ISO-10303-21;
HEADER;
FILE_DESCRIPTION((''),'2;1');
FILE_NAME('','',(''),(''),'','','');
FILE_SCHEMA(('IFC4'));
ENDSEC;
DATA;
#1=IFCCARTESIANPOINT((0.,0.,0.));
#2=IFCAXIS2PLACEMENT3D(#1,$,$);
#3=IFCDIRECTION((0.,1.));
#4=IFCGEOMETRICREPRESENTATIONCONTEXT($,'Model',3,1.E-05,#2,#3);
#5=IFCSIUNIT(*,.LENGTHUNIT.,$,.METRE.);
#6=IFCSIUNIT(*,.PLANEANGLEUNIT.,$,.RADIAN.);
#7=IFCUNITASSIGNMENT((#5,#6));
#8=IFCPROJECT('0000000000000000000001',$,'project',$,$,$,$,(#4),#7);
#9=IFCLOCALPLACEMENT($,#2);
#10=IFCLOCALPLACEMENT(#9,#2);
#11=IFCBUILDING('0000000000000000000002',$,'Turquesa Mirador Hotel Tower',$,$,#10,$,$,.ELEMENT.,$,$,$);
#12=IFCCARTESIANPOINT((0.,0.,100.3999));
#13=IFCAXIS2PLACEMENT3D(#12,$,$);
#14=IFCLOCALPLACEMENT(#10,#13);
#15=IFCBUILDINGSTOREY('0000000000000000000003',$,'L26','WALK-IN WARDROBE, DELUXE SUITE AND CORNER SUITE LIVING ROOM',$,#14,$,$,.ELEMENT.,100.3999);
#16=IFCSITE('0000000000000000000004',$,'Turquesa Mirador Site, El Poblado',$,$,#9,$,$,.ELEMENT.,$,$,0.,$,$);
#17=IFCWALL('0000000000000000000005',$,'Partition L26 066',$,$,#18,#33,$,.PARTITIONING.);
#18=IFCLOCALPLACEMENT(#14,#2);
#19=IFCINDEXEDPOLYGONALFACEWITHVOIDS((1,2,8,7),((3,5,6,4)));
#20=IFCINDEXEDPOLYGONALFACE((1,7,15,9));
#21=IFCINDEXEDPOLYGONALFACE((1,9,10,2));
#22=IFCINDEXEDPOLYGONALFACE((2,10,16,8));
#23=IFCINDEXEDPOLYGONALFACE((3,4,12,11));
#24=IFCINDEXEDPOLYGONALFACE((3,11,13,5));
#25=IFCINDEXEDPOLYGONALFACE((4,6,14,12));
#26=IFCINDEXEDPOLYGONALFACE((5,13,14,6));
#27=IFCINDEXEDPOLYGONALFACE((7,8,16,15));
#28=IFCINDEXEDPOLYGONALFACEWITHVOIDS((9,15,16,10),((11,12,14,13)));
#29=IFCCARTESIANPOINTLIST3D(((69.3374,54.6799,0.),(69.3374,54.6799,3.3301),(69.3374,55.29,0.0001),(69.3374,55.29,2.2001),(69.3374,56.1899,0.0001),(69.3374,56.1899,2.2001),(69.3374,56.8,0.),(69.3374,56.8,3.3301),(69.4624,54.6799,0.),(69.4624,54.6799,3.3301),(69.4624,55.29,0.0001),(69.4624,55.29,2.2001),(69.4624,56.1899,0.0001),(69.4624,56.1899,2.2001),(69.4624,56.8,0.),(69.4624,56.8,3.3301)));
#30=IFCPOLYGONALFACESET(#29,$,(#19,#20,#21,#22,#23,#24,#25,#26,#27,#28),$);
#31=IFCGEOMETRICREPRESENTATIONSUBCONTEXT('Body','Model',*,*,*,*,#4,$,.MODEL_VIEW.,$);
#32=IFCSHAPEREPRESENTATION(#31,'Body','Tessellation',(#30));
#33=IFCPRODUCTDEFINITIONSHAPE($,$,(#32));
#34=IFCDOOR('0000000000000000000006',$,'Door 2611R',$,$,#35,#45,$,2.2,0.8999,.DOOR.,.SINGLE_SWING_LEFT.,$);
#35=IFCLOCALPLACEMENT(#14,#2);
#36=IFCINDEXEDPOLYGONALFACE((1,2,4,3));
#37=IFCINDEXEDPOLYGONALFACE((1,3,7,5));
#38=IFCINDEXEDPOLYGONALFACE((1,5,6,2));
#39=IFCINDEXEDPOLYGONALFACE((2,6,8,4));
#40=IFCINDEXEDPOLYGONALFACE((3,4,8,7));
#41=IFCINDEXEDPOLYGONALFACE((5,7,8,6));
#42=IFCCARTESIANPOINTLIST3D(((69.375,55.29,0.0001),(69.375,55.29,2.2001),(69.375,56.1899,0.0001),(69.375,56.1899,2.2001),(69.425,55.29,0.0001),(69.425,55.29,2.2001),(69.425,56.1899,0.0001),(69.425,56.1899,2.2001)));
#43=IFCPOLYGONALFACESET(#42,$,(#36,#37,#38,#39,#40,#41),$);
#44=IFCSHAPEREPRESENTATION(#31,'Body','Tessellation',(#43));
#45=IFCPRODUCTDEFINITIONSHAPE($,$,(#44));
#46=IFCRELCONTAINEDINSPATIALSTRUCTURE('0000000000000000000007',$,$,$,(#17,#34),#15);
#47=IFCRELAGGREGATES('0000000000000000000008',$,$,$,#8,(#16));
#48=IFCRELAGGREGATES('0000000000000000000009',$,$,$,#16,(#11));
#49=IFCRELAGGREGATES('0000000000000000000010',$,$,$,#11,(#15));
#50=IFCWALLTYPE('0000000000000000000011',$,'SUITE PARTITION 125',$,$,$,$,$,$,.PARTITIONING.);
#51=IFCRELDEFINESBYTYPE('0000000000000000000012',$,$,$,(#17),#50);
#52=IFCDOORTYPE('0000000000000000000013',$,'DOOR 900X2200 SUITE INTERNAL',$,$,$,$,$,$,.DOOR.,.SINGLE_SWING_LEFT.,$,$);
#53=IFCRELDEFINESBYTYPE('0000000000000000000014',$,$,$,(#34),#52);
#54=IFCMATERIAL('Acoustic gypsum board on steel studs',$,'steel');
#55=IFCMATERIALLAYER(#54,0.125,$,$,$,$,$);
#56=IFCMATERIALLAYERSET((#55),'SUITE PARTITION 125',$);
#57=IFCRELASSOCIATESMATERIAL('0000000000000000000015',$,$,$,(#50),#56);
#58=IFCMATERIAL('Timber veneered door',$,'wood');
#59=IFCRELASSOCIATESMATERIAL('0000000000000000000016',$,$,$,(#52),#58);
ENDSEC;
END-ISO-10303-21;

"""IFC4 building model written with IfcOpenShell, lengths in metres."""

from ifc_helpers import new_model, si_unit, direction, frame, frame_2d, origin, place, context, subcontext, project, spatial, rectangle, extrude, material, layer, layer_set, type_object, element, fill, save


model = new_model("IFC4")

# Units and contexts
model_context = context("Model", 3, precision=1e-05, world=origin(), true_north=direction((0.0, 1.0)))
body_context = subcontext(model_context, "Body", "Model", "MODEL_VIEW")
ifc_project = project(units=[si_unit("LENGTHUNIT", "METRE"), si_unit("PLANEANGLEUNIT", "RADIAN")], contexts=[model_context])

# Site, building, storey
site_placement = place(None, origin())
site = spatial("IfcSite", under=ifc_project, at=site_placement, Name="Turquesa Mirador Site, El Poblado", CompositionType="ELEMENT", RefElevation=0.0)
building_placement = place(site_placement, origin())
building = spatial("IfcBuilding", under=site, at=building_placement, Name="Turquesa Mirador Hotel Tower", CompositionType="ELEMENT")
storey_placement = place(building_placement, frame((0.0, 0.0, 100.3999)))
storey = spatial("IfcBuildingStorey", under=building, at=storey_placement, Name="L26", Description="WALK-IN WARDROBE, DELUXE SUITE AND CORNER SUITE LIVING ROOM", CompositionType="ELEMENT", Elevation=100.3999)

# Shared definitions
ifc_material_1 = material(Name="Acoustic gypsum board on steel studs", Category="steel")
ifc_layer_1 = layer(ifc_material_1, 0.125)
ifc_layer_set_1 = layer_set([ifc_layer_1], Name="SUITE PARTITION 125")
wall_type_1 = type_object("IfcWallType", Name="SUITE PARTITION 125", PredefinedType="PARTITIONING", material=ifc_layer_set_1)
ifc_material_2 = material(Name="Timber veneered door", Category="wood")
door_type_1 = type_object("IfcDoorType", Name="DOOR 900X2200 SUITE INTERNAL", OperationType="SINGLE_SWING_LEFT", PredefinedType="DOOR", material=ifc_material_2)

# Wall, opening, door
wall_1_placement = place(storey_placement, frame((69.3999, 54.6799, 0.0), z_axis=(0.0, 0.0, 1.0), x_axis=(0.0, 1.0, 0.0)))
wall_1 = element("IfcWall", 1, at=wall_1_placement, inside=storey, type_object=wall_type_1, Name="Partition L26 066", PredefinedType="PARTITIONING", context=body_context, shape_type="SweptSolid", body=[
    extrude(rectangle(XDim=2.1201, YDim=0.125, at=frame_2d((1.0601, 0.0))), origin(), (0.0, 0.0, 1.0), 3.3301),
])
opening_1_placement = place(wall_1_placement, frame((0.6101, 0.0, 0.0)))
opening_1 = element("IfcOpeningElement", 2, at=opening_1_placement, cuts=wall_1, PredefinedType="OPENING", context=body_context, shape_type="SweptSolid", body=[
    extrude(rectangle(XDim=0.8999, YDim=2.2, at=frame_2d((0.45, 1.1001))), frame((0.0, 0.0725, 0.0), z_axis=(0.0, -1.0, 0.0), x_axis=(1.0, 0.0, 0.0)), (0.0, 0.0, 1.0), 0.145),
])
door_1_placement = place(opening_1_placement, origin())
door_1 = element("IfcDoor", 3, at=door_1_placement, inside=storey, type_object=door_type_1, Name="Door 2611R", OperationType="SINGLE_SWING_LEFT", OverallHeight=2.2, OverallWidth=0.8999, PredefinedType="DOOR", context=body_context, shape_type="SweptSolid", body=[
    extrude(rectangle(XDim=0.8999, YDim=2.2, at=frame_2d((0.45, 1.1001))), frame((0.0, 0.0249, 0.0), z_axis=(0.0, -1.0, 0.0), x_axis=(1.0, 0.0, 0.0)), (0.0, 0.0, 1.0), 0.05),
])
fill(opening_1, door_1)

save(model, "model.ifc")
